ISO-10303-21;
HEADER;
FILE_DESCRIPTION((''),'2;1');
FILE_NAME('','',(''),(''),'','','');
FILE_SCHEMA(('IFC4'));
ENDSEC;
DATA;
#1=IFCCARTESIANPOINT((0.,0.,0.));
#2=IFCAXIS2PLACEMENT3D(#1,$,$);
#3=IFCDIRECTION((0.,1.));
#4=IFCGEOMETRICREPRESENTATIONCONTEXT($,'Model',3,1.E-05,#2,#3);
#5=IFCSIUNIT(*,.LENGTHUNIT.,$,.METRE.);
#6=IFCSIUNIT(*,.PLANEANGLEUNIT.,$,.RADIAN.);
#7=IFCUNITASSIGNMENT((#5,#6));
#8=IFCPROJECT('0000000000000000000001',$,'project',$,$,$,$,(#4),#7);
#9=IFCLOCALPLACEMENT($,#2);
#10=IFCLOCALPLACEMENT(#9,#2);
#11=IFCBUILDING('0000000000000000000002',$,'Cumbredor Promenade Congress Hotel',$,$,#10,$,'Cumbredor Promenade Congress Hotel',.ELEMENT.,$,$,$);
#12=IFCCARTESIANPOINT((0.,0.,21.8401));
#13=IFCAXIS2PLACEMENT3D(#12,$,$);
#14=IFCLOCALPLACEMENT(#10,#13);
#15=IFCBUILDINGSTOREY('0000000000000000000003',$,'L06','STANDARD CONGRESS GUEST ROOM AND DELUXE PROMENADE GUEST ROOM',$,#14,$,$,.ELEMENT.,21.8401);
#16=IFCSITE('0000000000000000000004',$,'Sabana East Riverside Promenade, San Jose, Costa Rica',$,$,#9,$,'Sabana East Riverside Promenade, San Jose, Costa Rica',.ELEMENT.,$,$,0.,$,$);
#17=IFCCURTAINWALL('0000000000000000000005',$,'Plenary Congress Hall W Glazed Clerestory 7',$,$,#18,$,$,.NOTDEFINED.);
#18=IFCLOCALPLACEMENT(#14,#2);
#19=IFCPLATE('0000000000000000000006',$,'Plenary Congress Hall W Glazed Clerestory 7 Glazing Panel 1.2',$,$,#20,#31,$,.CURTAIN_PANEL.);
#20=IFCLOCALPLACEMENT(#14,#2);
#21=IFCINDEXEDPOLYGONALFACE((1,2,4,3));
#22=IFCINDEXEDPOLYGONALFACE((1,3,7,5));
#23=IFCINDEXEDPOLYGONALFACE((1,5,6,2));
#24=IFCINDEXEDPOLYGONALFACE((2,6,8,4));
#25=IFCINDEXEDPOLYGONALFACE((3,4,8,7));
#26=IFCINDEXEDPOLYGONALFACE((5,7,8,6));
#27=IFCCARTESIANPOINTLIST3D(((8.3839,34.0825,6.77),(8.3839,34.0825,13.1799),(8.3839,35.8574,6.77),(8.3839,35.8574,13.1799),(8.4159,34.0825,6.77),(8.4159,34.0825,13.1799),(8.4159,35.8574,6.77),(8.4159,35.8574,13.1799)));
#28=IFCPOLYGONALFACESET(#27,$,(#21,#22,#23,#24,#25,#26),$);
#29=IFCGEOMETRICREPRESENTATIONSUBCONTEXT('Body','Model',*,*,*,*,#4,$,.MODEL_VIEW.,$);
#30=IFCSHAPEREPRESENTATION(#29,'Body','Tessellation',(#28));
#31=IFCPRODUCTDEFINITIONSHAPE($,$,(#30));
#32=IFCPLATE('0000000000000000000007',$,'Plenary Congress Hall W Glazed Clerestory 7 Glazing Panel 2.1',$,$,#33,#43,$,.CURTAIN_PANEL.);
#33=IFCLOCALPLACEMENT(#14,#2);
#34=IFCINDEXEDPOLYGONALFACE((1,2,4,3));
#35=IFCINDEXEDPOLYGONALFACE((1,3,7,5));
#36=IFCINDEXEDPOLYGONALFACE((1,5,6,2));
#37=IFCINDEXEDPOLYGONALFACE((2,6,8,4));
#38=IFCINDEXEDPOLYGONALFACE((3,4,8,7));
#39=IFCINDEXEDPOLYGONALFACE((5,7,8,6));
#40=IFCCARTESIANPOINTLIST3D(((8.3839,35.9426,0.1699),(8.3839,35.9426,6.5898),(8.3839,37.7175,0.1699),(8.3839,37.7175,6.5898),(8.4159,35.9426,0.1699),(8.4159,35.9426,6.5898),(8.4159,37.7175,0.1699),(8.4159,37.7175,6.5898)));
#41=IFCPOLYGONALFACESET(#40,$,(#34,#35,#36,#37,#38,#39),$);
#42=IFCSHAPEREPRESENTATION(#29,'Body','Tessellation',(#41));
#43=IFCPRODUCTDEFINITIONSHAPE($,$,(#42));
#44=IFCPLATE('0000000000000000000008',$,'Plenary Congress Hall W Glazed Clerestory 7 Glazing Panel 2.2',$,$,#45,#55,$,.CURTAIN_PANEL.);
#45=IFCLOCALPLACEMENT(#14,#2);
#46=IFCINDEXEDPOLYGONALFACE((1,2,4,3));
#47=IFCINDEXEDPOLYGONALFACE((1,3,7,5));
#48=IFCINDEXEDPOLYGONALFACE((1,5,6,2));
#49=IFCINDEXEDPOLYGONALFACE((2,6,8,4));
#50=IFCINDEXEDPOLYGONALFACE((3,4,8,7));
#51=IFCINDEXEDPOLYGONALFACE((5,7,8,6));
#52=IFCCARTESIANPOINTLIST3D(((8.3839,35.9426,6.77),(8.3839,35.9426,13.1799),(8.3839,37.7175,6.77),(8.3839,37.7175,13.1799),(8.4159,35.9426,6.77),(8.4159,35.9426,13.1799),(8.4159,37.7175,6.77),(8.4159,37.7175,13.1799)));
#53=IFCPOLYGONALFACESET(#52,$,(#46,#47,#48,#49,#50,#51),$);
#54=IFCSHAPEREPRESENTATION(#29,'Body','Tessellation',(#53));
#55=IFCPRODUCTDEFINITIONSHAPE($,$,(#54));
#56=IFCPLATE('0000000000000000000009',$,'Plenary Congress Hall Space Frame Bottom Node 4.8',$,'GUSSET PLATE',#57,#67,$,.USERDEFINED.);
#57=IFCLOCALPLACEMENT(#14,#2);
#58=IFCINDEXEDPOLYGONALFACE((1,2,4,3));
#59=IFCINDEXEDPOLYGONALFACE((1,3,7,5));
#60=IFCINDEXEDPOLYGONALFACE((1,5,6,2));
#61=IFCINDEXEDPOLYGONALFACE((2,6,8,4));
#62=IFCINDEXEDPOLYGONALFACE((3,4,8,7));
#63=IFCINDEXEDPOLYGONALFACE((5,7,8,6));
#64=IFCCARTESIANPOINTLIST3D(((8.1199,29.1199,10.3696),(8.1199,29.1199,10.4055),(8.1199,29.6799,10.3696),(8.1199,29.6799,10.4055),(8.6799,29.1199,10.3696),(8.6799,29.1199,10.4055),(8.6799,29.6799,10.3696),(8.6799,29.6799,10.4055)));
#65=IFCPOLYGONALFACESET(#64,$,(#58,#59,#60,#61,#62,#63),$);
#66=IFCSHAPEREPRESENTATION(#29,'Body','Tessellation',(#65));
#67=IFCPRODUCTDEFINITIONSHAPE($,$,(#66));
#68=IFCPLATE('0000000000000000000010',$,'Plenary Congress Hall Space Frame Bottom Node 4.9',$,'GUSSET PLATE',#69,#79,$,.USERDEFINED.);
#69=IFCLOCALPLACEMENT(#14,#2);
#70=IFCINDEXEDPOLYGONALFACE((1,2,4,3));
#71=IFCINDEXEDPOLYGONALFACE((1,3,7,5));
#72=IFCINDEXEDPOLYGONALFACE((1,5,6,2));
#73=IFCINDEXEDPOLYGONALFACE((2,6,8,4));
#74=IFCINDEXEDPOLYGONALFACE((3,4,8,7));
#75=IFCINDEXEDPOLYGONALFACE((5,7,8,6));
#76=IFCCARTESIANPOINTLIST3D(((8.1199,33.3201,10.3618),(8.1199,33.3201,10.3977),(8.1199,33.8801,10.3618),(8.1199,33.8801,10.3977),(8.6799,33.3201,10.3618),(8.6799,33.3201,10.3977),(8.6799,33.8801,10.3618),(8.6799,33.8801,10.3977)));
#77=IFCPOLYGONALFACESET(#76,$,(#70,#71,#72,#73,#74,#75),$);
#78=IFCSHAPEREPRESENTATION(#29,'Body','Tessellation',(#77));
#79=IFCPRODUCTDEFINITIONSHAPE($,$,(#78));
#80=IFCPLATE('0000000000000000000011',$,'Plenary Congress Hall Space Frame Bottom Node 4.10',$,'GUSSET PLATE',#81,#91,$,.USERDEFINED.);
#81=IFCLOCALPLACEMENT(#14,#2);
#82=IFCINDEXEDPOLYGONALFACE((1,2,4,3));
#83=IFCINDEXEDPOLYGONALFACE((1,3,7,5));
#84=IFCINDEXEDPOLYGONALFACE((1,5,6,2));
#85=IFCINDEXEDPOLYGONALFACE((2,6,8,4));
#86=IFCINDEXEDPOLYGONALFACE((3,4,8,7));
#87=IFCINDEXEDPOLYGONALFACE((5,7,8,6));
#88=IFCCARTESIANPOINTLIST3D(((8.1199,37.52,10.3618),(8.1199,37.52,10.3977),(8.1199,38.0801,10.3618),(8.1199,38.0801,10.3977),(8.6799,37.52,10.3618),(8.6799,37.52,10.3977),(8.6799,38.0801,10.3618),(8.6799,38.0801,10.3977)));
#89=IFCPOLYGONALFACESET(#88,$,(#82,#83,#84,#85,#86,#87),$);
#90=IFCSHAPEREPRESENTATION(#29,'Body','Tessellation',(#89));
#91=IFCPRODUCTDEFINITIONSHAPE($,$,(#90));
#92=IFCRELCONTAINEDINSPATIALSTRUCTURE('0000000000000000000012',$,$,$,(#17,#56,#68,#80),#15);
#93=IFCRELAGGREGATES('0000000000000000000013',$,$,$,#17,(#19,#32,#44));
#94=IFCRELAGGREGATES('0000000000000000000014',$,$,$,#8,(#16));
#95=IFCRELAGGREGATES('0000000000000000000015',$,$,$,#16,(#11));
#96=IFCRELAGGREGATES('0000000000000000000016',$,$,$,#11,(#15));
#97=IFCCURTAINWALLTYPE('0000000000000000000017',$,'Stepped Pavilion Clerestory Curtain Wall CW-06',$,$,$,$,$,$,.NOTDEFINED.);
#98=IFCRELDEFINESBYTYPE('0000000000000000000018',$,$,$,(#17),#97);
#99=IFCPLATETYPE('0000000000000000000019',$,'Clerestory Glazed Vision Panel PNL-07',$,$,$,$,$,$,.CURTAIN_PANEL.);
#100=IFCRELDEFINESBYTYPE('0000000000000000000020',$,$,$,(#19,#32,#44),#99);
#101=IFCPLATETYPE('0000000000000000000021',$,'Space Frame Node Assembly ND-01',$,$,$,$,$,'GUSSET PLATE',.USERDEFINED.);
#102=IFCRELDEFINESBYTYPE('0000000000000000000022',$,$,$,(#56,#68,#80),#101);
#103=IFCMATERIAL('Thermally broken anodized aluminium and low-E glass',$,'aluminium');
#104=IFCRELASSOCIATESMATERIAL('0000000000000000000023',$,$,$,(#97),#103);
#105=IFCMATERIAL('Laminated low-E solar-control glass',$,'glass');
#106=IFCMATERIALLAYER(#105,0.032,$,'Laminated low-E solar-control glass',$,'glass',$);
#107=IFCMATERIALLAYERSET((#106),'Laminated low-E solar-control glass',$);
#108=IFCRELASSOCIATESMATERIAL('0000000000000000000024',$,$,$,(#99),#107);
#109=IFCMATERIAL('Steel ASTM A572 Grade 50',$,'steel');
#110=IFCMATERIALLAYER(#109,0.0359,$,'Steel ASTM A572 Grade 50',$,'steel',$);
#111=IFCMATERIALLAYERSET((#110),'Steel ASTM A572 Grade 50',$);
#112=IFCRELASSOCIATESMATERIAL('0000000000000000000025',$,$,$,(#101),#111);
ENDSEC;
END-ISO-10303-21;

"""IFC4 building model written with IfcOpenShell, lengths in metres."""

from ifc_helpers import new_model, si_unit, direction, frame, origin, origin_2d, place, context, subcontext, project, spatial, rectangle, extrude, material, layer, layer_set, type_object, element, aggregate, save


model = new_model("IFC4")

# Units and contexts
model_context = context("Model", 3, precision=1e-05, world=origin(), true_north=direction((0.0, 1.0)))
body_context = subcontext(model_context, "Body", "Model", "MODEL_VIEW")
ifc_project = project(units=[si_unit("LENGTHUNIT", "METRE"), si_unit("PLANEANGLEUNIT", "RADIAN")], contexts=[model_context])

# Site, building, storey
site_placement = place(None, origin())
site = spatial("IfcSite", under=ifc_project, at=site_placement, Name="Sabana East Riverside Promenade, San Jose, Costa Rica", LongName="Sabana East Riverside Promenade, San Jose, Costa Rica", CompositionType="ELEMENT", RefElevation=0.0)
building_placement = place(site_placement, origin())
building = spatial("IfcBuilding", under=site, at=building_placement, Name="Cumbredor Promenade Congress Hotel", LongName="Cumbredor Promenade Congress Hotel", CompositionType="ELEMENT")
storey_placement = place(building_placement, frame((0.0, 0.0, 21.8401)))
storey = spatial("IfcBuildingStorey", under=building, at=storey_placement, Name="L06", Description="STANDARD CONGRESS GUEST ROOM AND DELUXE PROMENADE GUEST ROOM", CompositionType="ELEMENT", Elevation=21.8401)

# Shared definitions
ifc_material_1 = material(Name="Thermally broken anodized aluminium and low-E glass", Category="aluminium")
curtain_wall_type = type_object("IfcCurtainWallType", Name="Stepped Pavilion Clerestory Curtain Wall CW-06", PredefinedType="NOTDEFINED", material=ifc_material_1)

# Curtain wall
curtain_wall_1_placement = place(storey_placement, origin())
curtain_wall_1 = element("IfcCurtainWall", 1, at=curtain_wall_1_placement, inside=storey, type_object=curtain_wall_type, Name="Plenary Congress Hall W Glazed Clerestory 7", PredefinedType="NOTDEFINED")

# Plates
ifc_material_2 = material(Name="Laminated low-E solar-control glass", Category="glass")
ifc_layer_1 = layer(ifc_material_2, 0.032, Name="Laminated low-E solar-control glass", Category="glass")
ifc_layer_set_1 = layer_set([ifc_layer_1], Name="Laminated low-E solar-control glass")
plate_type_1 = type_object("IfcPlateType", Name="Clerestory Glazed Vision Panel PNL-07", PredefinedType="CURTAIN_PANEL", material=ifc_layer_set_1)
plate_1_placement = place(storey_placement, frame((8.3999, 34.97, 6.77), z_axis=(0.0, 0.0, 1.0), x_axis=(0.0, 1.0, 0.0)))
plate_1 = element("IfcPlate", 2, at=plate_1_placement, type_object=plate_type_1, Name="Plenary Congress Hall W Glazed Clerestory 7 Glazing Panel 1.2", PredefinedType="CURTAIN_PANEL", context=body_context, shape_type="SweptSolid", body=[
    extrude(rectangle(XDim=1.7749, YDim=0.032, at=origin_2d()), origin(), (0.0, 0.0, 1.0), 6.4099),
])
plate_2_placement = place(storey_placement, frame((8.3999, 36.8301, 0.1699), z_axis=(0.0, 0.0, 1.0), x_axis=(0.0, 1.0, 0.0)))
plate_2 = element("IfcPlate", 3, at=plate_2_placement, type_object=plate_type_1, Name="Plenary Congress Hall W Glazed Clerestory 7 Glazing Panel 2.1", PredefinedType="CURTAIN_PANEL", context=body_context, shape_type="SweptSolid", body=[
    extrude(rectangle(XDim=1.7749, YDim=0.032, at=origin_2d()), origin(), (0.0, 0.0, 1.0), 6.4199),
])
plate_3_placement = place(storey_placement, frame((8.3999, 36.8301, 6.77), z_axis=(0.0, 0.0, 1.0), x_axis=(0.0, 1.0, 0.0)))
plate_3 = element("IfcPlate", 4, at=plate_3_placement, type_object=plate_type_1, Name="Plenary Congress Hall W Glazed Clerestory 7 Glazing Panel 2.2", PredefinedType="CURTAIN_PANEL", context=body_context, shape_type="SweptSolid", body=[
    extrude(rectangle(XDim=1.7749, YDim=0.032, at=origin_2d()), origin(), (0.0, 0.0, 1.0), 6.4099),
])
aggregate(curtain_wall_1, [plate_1, plate_2, plate_3])

# Plates
ifc_material_3 = material(Name="Steel ASTM A572 Grade 50", Category="steel")
ifc_layer_2 = layer(ifc_material_3, 0.0359, Name="Steel ASTM A572 Grade 50", Category="steel")
ifc_layer_set_2 = layer_set([ifc_layer_2], Name="Steel ASTM A572 Grade 50")
plate_type_2 = type_object("IfcPlateType", Name="Space Frame Node Assembly ND-01", ElementType="GUSSET PLATE", PredefinedType="USERDEFINED", material=ifc_layer_set_2)
for number, where, z_axis, x_axis, name in (
    (5, (8.3999, 29.3999, 10.3696), (0.0, 0.0, 1.0), (1.0, 0.0, 0.0), "Plenary Congress Hall Space Frame Bottom Node 4.8"),
    (6, (8.3999, 33.6001, 10.3618), (0.0, 0.0, 1.0), (1.0, 0.0, 0.0), "Plenary Congress Hall Space Frame Bottom Node 4.9"),
    (7, (8.3999, 37.8, 10.3618), (0.0, 0.0, 1.0), (1.0, 0.0, 0.0), "Plenary Congress Hall Space Frame Bottom Node 4.10"),
):
    element("IfcPlate", number, at=place(storey_placement, frame(where, z_axis=z_axis, x_axis=x_axis)), inside=storey, type_object=plate_type_2, Name=name, ObjectType="GUSSET PLATE", PredefinedType="USERDEFINED", context=body_context, shape_type="SweptSolid", body=[
        extrude(rectangle(XDim=0.5601, YDim=0.5601, at=origin_2d()), origin(), (0.0, 0.0, 1.0), 0.0359),
    ])

save(model, "model.ifc")
